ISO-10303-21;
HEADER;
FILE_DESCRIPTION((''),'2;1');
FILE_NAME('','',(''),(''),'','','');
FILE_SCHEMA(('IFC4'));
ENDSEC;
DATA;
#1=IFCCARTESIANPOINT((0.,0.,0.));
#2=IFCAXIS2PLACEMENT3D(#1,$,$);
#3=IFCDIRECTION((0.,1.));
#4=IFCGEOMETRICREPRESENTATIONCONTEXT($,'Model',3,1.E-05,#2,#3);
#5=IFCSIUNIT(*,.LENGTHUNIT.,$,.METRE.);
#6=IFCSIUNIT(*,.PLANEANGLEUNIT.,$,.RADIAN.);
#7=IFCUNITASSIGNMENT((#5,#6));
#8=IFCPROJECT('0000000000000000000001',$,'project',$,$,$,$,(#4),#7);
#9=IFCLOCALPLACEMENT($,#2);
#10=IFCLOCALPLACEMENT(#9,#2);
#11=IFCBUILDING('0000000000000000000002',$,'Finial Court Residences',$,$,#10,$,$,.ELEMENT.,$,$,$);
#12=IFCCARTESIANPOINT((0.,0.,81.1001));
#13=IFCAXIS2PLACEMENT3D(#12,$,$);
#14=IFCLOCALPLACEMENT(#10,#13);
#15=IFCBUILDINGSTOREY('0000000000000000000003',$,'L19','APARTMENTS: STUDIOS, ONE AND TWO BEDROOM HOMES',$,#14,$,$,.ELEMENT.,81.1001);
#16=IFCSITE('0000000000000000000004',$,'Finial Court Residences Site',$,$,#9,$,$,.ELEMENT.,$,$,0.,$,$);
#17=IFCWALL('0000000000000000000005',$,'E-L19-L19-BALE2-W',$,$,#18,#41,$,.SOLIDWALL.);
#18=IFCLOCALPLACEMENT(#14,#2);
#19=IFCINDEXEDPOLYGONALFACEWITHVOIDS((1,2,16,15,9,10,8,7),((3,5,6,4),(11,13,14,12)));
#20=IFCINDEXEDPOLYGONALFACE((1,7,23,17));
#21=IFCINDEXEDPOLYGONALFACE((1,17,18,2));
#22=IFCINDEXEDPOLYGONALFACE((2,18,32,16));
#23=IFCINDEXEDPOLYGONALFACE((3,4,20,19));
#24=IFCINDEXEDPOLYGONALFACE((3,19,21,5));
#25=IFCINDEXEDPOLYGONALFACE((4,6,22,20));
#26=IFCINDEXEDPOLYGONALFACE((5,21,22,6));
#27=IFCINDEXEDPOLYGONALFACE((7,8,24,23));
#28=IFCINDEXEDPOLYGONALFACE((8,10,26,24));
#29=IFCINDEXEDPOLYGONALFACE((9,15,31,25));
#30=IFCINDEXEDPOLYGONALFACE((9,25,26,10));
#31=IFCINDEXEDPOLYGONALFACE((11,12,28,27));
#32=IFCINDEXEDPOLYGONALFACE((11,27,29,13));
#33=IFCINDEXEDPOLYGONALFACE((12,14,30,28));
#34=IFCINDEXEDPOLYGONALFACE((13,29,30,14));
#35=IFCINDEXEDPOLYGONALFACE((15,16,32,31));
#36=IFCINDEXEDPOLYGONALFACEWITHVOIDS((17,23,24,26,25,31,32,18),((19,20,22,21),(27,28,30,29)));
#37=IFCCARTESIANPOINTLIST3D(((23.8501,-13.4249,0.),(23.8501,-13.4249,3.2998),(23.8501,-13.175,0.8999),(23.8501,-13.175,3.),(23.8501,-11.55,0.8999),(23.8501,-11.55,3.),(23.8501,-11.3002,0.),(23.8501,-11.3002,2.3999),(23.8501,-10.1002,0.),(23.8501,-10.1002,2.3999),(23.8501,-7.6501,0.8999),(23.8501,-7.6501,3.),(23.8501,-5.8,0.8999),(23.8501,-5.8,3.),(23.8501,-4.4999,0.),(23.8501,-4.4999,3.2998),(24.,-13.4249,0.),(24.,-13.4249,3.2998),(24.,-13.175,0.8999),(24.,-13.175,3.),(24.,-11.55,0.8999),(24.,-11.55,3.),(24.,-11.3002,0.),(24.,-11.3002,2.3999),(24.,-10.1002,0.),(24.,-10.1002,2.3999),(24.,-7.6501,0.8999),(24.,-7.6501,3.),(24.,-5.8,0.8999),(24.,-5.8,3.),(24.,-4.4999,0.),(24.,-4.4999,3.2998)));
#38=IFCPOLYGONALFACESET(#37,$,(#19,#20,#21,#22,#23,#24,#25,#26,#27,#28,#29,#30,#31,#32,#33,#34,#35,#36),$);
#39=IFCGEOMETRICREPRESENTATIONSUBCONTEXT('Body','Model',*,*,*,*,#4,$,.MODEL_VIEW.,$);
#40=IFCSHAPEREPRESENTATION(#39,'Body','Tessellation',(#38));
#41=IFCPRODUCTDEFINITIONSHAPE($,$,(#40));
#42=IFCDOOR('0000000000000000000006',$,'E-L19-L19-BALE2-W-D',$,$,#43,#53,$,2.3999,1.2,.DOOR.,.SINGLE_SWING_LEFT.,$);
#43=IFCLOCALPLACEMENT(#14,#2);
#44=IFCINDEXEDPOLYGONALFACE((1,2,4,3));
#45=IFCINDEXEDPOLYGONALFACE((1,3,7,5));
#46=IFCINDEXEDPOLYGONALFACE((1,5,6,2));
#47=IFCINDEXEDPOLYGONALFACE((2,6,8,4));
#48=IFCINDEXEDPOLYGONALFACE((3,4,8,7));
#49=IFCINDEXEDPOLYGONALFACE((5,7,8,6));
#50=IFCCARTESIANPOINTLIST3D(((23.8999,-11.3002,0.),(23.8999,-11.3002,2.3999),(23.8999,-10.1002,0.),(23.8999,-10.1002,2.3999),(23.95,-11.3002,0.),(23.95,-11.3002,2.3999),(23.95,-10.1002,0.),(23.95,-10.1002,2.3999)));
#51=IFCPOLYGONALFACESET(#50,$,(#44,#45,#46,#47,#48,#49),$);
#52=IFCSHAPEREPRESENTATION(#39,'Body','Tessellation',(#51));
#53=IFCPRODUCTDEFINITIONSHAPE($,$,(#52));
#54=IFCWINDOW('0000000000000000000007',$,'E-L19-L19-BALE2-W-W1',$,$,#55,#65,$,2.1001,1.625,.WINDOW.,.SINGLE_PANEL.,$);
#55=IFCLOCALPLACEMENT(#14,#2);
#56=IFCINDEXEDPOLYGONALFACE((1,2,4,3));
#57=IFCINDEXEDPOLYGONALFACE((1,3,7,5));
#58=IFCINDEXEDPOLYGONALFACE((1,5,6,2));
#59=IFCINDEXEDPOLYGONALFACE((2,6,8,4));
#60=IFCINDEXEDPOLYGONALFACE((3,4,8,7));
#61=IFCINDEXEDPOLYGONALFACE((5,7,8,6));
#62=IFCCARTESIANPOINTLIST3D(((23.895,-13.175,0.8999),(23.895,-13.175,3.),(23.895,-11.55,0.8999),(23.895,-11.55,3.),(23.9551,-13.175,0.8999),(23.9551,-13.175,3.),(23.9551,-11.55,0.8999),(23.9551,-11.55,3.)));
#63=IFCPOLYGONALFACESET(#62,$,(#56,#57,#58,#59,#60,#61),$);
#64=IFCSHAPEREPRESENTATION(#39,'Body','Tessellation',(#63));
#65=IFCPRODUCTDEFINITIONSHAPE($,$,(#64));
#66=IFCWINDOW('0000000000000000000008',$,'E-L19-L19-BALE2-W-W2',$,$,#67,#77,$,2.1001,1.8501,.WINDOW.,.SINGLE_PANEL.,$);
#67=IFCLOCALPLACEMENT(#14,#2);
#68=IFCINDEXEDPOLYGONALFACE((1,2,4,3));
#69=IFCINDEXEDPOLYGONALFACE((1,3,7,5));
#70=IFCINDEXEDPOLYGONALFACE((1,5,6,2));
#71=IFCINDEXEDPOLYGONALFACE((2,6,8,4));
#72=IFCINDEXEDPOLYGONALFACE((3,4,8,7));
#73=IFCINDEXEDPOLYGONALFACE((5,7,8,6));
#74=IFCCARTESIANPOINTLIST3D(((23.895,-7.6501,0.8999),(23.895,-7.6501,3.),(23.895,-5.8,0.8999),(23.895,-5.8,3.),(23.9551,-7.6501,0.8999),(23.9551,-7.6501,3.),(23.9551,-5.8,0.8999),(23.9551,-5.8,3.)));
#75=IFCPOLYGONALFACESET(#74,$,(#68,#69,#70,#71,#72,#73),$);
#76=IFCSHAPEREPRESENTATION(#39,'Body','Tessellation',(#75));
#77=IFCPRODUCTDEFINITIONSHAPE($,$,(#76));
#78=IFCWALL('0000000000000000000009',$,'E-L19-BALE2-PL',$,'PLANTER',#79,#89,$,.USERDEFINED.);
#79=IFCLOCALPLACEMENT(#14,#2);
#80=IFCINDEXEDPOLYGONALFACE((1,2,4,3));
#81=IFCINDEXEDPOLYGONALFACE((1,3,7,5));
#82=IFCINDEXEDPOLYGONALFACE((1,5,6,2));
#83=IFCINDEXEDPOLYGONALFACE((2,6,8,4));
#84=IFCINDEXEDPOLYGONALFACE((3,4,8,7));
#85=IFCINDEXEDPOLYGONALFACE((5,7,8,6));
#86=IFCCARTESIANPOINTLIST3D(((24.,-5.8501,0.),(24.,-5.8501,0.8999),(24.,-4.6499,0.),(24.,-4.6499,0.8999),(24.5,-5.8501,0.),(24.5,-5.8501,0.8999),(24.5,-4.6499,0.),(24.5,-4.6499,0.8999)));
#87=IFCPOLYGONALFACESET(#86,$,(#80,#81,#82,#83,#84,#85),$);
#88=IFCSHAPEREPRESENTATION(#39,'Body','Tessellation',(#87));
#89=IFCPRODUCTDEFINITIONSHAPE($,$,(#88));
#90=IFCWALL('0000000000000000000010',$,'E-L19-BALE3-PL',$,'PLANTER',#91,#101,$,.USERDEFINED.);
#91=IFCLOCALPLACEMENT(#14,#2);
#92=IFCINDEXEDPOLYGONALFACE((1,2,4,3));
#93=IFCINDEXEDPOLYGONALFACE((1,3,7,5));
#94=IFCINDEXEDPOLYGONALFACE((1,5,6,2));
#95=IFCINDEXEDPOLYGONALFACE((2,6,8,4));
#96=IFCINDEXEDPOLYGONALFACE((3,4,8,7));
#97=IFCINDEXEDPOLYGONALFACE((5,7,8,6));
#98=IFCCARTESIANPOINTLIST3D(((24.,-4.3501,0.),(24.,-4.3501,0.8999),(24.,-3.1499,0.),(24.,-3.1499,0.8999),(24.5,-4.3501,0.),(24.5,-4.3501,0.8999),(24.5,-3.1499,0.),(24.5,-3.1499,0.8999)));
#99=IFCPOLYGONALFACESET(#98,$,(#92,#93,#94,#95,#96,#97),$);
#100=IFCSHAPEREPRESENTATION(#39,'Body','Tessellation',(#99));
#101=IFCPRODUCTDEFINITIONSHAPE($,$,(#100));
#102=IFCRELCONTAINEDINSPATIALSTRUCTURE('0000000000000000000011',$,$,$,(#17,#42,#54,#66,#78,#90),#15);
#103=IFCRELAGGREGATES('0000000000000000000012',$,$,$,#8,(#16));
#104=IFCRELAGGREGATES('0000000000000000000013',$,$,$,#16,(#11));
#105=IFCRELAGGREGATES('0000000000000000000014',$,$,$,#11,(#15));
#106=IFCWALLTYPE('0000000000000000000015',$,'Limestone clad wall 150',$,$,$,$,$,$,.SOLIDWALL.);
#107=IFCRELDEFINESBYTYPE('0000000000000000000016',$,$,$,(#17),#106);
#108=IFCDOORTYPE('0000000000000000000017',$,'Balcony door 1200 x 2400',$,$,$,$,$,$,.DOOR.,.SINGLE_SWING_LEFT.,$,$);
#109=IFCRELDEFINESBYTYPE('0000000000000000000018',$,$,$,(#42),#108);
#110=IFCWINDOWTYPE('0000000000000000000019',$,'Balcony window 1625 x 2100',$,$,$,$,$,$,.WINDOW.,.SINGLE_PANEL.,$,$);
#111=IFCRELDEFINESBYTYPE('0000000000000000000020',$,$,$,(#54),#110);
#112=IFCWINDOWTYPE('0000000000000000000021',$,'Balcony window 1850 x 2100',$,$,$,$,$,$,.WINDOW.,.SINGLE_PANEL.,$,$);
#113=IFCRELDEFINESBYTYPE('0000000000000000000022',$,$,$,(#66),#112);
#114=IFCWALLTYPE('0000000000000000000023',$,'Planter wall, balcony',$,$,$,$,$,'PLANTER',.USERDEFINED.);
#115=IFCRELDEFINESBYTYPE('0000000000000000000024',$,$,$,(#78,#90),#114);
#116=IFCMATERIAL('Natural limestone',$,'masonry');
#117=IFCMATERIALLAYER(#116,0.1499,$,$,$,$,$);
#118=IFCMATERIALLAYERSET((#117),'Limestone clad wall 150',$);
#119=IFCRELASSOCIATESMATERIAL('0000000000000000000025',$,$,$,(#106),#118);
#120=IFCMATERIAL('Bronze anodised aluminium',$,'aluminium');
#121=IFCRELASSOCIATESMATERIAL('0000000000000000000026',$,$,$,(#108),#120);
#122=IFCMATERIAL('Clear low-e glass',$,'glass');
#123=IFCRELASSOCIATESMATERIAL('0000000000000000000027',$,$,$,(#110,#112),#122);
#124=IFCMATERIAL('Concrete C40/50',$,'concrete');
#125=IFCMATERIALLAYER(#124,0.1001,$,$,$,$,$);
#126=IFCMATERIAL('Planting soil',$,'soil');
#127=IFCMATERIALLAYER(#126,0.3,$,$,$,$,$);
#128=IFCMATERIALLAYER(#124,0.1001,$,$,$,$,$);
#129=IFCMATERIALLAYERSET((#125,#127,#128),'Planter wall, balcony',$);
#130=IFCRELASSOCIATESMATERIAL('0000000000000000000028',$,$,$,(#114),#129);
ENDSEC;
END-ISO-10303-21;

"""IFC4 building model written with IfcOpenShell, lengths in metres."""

from ifc_helpers import new_model, si_unit, direction, frame, frame_2d, origin, place, context, subcontext, project, spatial, rectangle, extrude, material, layer, layer_set, type_object, element, fill, save


model = new_model("IFC4")

# Units and contexts
model_context = context("Model", 3, precision=1e-05, world=origin(), true_north=direction((0.0, 1.0)))
body_context = subcontext(model_context, "Body", "Model", "MODEL_VIEW")
ifc_project = project(units=[si_unit("LENGTHUNIT", "METRE"), si_unit("PLANEANGLEUNIT", "RADIAN")], contexts=[model_context])

# Site, building, storey
site_placement = place(None, origin())
site = spatial("IfcSite", under=ifc_project, at=site_placement, Name="Finial Court Residences Site", CompositionType="ELEMENT", RefElevation=0.0)
building_placement = place(site_placement, origin())
building = spatial("IfcBuilding", under=site, at=building_placement, Name="Finial Court Residences", CompositionType="ELEMENT")
storey_placement = place(building_placement, frame((0.0, 0.0, 81.1001)))
storey = spatial("IfcBuildingStorey", under=building, at=storey_placement, Name="L19", Description="APARTMENTS: STUDIOS, ONE AND TWO BEDROOM HOMES", CompositionType="ELEMENT", Elevation=81.1001)

# Shared definitions
ifc_material_1 = material(Name="Bronze anodised aluminium", Category="aluminium")
ifc_material_2 = material(Name="Clear low-e glass", Category="glass")

# Shared definitions
ifc_material_3 = material(Name="Natural limestone", Category="masonry")
ifc_layer_1 = layer(ifc_material_3, 0.1499)
ifc_layer_set_1 = layer_set([ifc_layer_1], Name="Limestone clad wall 150")
wall_type_1 = type_object("IfcWallType", Name="Limestone clad wall 150", PredefinedType="SOLIDWALL", material=ifc_layer_set_1)

# Wall, openings, door, windows
wall_1_placement = place(storey_placement, frame((23.925, -4.5, 0.0), z_axis=(0.0, 0.0, 1.0), x_axis=(0.0, -1.0, 0.0)))
wall_1 = element("IfcWall", 1, at=wall_1_placement, inside=storey, type_object=wall_type_1, Name="E-L19-L19-BALE2-W", PredefinedType="SOLIDWALL", context=body_context, shape_type="SweptSolid", body=[
    extrude(rectangle(XDim=8.925, YDim=0.1499, at=frame_2d((4.4624, 0.0))), origin(), (0.0, 0.0, 1.0), 3.2998),
])
opening_1_placement = place(wall_1_placement, frame((5.6001, 0.0, 0.0)))
opening_1 = element("IfcOpeningElement", 2, at=opening_1_placement, cuts=wall_1, PredefinedType="OPENING", context=body_context, shape_type="SweptSolid", body=[
    extrude(rectangle(XDim=1.2, YDim=2.3999, at=frame_2d((0.6001, 1.2))), frame((0.0, 0.085, 0.0), z_axis=(0.0, -1.0, 0.0), x_axis=(1.0, 0.0, 0.0)), (0.0, 0.0, 1.0), 0.1699),
])
opening_2_placement = place(wall_1_placement, frame((7.05, 0.0, 0.8999)))
opening_2 = element("IfcOpeningElement", 3, at=opening_2_placement, cuts=wall_1, PredefinedType="OPENING", context=body_context, shape_type="SweptSolid", body=[
    extrude(rectangle(XDim=1.625, YDim=2.1001, at=frame_2d((0.8125, 1.05))), frame((0.0, 0.085, 0.0), z_axis=(0.0, -1.0, 0.0), x_axis=(1.0, 0.0, 0.0)), (0.0, 0.0, 1.0), 0.1699),
])
opening_3_placement = place(wall_1_placement, frame((1.3, 0.0, 0.8999)))
opening_3 = element("IfcOpeningElement", 4, at=opening_3_placement, cuts=wall_1, PredefinedType="OPENING", context=body_context, shape_type="SweptSolid", body=[
    extrude(rectangle(XDim=1.8501, YDim=2.1001, at=frame_2d((0.925, 1.05))), frame((0.0, 0.085, 0.0), z_axis=(0.0, -1.0, 0.0), x_axis=(1.0, 0.0, 0.0)), (0.0, 0.0, 1.0), 0.1699),
])
door_type_1 = type_object("IfcDoorType", Name="Balcony door 1200 x 2400", OperationType="SINGLE_SWING_LEFT", PredefinedType="DOOR", material=ifc_material_1)
door_1_placement = place(opening_1_placement, origin())
door_1 = element("IfcDoor", 5, at=door_1_placement, inside=storey, type_object=door_type_1, Name="E-L19-L19-BALE2-W-D", OperationType="SINGLE_SWING_LEFT", OverallHeight=2.3999, OverallWidth=1.2, PredefinedType="DOOR", context=body_context, shape_type="SweptSolid", body=[
    extrude(rectangle(XDim=1.2, YDim=2.3999, at=frame_2d((0.6001, 1.2))), frame((0.0, 0.0249, 0.0), z_axis=(0.0, -1.0, 0.0), x_axis=(1.0, 0.0, 0.0)), (0.0, 0.0, 1.0), 0.05),
])
fill(opening_1, door_1)
window_type_1 = type_object("IfcWindowType", Name="Balcony window 1625 x 2100", PartitioningType="SINGLE_PANEL", PredefinedType="WINDOW", material=ifc_material_2)
window_1_placement = place(opening_2_placement, origin())
window_1 = element("IfcWindow", 6, at=window_1_placement, inside=storey, type_object=window_type_1, Name="E-L19-L19-BALE2-W-W1", OverallHeight=2.1001, OverallWidth=1.625, PartitioningType="SINGLE_PANEL", PredefinedType="WINDOW", context=body_context, shape_type="SweptSolid", body=[
    extrude(rectangle(XDim=1.625, YDim=2.1001, at=frame_2d((0.8125, 1.05))), frame((0.0, 0.03, 0.0), z_axis=(0.0, -1.0, 0.0), x_axis=(1.0, 0.0, 0.0)), (0.0, 0.0, 1.0), 0.0601),
])
fill(opening_2, window_1)
window_type_2 = type_object("IfcWindowType", Name="Balcony window 1850 x 2100", PartitioningType="SINGLE_PANEL", PredefinedType="WINDOW", material=ifc_material_2)
window_2_placement = place(opening_3_placement, origin())
window_2 = element("IfcWindow", 7, at=window_2_placement, inside=storey, type_object=window_type_2, Name="E-L19-L19-BALE2-W-W2", OverallHeight=2.1001, OverallWidth=1.8501, PartitioningType="SINGLE_PANEL", PredefinedType="WINDOW", context=body_context, shape_type="SweptSolid", body=[
    extrude(rectangle(XDim=1.8501, YDim=2.1001, at=frame_2d((0.925, 1.05))), frame((0.0, 0.03, 0.0), z_axis=(0.0, -1.0, 0.0), x_axis=(1.0, 0.0, 0.0)), (0.0, 0.0, 1.0), 0.0601),
])
fill(opening_3, window_2)

# Walls
ifc_material_4 = material(Name="Concrete C40/50", Category="concrete")
ifc_layer_2 = layer(ifc_material_4, 0.1001)
ifc_material_5 = material(Name="Planting soil", Category="soil")
ifc_layer_3 = layer(ifc_material_5, 0.3)
ifc_layer_4 = layer(ifc_material_4, 0.1001)
ifc_layer_set_2 = layer_set([ifc_layer_2, ifc_layer_3, ifc_layer_4], Name="Planter wall, balcony")
wall_type_2 = type_object("IfcWallType", Name="Planter wall, balcony", ElementType="PLANTER", PredefinedType="USERDEFINED", material=ifc_layer_set_2)
for number, where, z_axis, x_axis, name in (
    (8, (24.25, -5.8501, 0.0), (0.0, 0.0, 1.0), (0.0, 1.0, 0.0), "E-L19-BALE2-PL"),
    (9, (24.25, -4.3501, 0.0), (0.0, 0.0, 1.0), (0.0, 1.0, 0.0), "E-L19-BALE3-PL"),
):
    element("IfcWall", number, at=place(storey_placement, frame(where, z_axis=z_axis, x_axis=x_axis)), inside=storey, type_object=wall_type_2, Name=name, ObjectType="PLANTER", PredefinedType="USERDEFINED", context=body_context, shape_type="SweptSolid", body=[
        extrude(rectangle(XDim=1.2002, YDim=0.5, at=frame_2d((0.6001, 0.0))), origin(), (0.0, 0.0, 1.0), 0.8999),
    ])

save(model, "model.ifc")
